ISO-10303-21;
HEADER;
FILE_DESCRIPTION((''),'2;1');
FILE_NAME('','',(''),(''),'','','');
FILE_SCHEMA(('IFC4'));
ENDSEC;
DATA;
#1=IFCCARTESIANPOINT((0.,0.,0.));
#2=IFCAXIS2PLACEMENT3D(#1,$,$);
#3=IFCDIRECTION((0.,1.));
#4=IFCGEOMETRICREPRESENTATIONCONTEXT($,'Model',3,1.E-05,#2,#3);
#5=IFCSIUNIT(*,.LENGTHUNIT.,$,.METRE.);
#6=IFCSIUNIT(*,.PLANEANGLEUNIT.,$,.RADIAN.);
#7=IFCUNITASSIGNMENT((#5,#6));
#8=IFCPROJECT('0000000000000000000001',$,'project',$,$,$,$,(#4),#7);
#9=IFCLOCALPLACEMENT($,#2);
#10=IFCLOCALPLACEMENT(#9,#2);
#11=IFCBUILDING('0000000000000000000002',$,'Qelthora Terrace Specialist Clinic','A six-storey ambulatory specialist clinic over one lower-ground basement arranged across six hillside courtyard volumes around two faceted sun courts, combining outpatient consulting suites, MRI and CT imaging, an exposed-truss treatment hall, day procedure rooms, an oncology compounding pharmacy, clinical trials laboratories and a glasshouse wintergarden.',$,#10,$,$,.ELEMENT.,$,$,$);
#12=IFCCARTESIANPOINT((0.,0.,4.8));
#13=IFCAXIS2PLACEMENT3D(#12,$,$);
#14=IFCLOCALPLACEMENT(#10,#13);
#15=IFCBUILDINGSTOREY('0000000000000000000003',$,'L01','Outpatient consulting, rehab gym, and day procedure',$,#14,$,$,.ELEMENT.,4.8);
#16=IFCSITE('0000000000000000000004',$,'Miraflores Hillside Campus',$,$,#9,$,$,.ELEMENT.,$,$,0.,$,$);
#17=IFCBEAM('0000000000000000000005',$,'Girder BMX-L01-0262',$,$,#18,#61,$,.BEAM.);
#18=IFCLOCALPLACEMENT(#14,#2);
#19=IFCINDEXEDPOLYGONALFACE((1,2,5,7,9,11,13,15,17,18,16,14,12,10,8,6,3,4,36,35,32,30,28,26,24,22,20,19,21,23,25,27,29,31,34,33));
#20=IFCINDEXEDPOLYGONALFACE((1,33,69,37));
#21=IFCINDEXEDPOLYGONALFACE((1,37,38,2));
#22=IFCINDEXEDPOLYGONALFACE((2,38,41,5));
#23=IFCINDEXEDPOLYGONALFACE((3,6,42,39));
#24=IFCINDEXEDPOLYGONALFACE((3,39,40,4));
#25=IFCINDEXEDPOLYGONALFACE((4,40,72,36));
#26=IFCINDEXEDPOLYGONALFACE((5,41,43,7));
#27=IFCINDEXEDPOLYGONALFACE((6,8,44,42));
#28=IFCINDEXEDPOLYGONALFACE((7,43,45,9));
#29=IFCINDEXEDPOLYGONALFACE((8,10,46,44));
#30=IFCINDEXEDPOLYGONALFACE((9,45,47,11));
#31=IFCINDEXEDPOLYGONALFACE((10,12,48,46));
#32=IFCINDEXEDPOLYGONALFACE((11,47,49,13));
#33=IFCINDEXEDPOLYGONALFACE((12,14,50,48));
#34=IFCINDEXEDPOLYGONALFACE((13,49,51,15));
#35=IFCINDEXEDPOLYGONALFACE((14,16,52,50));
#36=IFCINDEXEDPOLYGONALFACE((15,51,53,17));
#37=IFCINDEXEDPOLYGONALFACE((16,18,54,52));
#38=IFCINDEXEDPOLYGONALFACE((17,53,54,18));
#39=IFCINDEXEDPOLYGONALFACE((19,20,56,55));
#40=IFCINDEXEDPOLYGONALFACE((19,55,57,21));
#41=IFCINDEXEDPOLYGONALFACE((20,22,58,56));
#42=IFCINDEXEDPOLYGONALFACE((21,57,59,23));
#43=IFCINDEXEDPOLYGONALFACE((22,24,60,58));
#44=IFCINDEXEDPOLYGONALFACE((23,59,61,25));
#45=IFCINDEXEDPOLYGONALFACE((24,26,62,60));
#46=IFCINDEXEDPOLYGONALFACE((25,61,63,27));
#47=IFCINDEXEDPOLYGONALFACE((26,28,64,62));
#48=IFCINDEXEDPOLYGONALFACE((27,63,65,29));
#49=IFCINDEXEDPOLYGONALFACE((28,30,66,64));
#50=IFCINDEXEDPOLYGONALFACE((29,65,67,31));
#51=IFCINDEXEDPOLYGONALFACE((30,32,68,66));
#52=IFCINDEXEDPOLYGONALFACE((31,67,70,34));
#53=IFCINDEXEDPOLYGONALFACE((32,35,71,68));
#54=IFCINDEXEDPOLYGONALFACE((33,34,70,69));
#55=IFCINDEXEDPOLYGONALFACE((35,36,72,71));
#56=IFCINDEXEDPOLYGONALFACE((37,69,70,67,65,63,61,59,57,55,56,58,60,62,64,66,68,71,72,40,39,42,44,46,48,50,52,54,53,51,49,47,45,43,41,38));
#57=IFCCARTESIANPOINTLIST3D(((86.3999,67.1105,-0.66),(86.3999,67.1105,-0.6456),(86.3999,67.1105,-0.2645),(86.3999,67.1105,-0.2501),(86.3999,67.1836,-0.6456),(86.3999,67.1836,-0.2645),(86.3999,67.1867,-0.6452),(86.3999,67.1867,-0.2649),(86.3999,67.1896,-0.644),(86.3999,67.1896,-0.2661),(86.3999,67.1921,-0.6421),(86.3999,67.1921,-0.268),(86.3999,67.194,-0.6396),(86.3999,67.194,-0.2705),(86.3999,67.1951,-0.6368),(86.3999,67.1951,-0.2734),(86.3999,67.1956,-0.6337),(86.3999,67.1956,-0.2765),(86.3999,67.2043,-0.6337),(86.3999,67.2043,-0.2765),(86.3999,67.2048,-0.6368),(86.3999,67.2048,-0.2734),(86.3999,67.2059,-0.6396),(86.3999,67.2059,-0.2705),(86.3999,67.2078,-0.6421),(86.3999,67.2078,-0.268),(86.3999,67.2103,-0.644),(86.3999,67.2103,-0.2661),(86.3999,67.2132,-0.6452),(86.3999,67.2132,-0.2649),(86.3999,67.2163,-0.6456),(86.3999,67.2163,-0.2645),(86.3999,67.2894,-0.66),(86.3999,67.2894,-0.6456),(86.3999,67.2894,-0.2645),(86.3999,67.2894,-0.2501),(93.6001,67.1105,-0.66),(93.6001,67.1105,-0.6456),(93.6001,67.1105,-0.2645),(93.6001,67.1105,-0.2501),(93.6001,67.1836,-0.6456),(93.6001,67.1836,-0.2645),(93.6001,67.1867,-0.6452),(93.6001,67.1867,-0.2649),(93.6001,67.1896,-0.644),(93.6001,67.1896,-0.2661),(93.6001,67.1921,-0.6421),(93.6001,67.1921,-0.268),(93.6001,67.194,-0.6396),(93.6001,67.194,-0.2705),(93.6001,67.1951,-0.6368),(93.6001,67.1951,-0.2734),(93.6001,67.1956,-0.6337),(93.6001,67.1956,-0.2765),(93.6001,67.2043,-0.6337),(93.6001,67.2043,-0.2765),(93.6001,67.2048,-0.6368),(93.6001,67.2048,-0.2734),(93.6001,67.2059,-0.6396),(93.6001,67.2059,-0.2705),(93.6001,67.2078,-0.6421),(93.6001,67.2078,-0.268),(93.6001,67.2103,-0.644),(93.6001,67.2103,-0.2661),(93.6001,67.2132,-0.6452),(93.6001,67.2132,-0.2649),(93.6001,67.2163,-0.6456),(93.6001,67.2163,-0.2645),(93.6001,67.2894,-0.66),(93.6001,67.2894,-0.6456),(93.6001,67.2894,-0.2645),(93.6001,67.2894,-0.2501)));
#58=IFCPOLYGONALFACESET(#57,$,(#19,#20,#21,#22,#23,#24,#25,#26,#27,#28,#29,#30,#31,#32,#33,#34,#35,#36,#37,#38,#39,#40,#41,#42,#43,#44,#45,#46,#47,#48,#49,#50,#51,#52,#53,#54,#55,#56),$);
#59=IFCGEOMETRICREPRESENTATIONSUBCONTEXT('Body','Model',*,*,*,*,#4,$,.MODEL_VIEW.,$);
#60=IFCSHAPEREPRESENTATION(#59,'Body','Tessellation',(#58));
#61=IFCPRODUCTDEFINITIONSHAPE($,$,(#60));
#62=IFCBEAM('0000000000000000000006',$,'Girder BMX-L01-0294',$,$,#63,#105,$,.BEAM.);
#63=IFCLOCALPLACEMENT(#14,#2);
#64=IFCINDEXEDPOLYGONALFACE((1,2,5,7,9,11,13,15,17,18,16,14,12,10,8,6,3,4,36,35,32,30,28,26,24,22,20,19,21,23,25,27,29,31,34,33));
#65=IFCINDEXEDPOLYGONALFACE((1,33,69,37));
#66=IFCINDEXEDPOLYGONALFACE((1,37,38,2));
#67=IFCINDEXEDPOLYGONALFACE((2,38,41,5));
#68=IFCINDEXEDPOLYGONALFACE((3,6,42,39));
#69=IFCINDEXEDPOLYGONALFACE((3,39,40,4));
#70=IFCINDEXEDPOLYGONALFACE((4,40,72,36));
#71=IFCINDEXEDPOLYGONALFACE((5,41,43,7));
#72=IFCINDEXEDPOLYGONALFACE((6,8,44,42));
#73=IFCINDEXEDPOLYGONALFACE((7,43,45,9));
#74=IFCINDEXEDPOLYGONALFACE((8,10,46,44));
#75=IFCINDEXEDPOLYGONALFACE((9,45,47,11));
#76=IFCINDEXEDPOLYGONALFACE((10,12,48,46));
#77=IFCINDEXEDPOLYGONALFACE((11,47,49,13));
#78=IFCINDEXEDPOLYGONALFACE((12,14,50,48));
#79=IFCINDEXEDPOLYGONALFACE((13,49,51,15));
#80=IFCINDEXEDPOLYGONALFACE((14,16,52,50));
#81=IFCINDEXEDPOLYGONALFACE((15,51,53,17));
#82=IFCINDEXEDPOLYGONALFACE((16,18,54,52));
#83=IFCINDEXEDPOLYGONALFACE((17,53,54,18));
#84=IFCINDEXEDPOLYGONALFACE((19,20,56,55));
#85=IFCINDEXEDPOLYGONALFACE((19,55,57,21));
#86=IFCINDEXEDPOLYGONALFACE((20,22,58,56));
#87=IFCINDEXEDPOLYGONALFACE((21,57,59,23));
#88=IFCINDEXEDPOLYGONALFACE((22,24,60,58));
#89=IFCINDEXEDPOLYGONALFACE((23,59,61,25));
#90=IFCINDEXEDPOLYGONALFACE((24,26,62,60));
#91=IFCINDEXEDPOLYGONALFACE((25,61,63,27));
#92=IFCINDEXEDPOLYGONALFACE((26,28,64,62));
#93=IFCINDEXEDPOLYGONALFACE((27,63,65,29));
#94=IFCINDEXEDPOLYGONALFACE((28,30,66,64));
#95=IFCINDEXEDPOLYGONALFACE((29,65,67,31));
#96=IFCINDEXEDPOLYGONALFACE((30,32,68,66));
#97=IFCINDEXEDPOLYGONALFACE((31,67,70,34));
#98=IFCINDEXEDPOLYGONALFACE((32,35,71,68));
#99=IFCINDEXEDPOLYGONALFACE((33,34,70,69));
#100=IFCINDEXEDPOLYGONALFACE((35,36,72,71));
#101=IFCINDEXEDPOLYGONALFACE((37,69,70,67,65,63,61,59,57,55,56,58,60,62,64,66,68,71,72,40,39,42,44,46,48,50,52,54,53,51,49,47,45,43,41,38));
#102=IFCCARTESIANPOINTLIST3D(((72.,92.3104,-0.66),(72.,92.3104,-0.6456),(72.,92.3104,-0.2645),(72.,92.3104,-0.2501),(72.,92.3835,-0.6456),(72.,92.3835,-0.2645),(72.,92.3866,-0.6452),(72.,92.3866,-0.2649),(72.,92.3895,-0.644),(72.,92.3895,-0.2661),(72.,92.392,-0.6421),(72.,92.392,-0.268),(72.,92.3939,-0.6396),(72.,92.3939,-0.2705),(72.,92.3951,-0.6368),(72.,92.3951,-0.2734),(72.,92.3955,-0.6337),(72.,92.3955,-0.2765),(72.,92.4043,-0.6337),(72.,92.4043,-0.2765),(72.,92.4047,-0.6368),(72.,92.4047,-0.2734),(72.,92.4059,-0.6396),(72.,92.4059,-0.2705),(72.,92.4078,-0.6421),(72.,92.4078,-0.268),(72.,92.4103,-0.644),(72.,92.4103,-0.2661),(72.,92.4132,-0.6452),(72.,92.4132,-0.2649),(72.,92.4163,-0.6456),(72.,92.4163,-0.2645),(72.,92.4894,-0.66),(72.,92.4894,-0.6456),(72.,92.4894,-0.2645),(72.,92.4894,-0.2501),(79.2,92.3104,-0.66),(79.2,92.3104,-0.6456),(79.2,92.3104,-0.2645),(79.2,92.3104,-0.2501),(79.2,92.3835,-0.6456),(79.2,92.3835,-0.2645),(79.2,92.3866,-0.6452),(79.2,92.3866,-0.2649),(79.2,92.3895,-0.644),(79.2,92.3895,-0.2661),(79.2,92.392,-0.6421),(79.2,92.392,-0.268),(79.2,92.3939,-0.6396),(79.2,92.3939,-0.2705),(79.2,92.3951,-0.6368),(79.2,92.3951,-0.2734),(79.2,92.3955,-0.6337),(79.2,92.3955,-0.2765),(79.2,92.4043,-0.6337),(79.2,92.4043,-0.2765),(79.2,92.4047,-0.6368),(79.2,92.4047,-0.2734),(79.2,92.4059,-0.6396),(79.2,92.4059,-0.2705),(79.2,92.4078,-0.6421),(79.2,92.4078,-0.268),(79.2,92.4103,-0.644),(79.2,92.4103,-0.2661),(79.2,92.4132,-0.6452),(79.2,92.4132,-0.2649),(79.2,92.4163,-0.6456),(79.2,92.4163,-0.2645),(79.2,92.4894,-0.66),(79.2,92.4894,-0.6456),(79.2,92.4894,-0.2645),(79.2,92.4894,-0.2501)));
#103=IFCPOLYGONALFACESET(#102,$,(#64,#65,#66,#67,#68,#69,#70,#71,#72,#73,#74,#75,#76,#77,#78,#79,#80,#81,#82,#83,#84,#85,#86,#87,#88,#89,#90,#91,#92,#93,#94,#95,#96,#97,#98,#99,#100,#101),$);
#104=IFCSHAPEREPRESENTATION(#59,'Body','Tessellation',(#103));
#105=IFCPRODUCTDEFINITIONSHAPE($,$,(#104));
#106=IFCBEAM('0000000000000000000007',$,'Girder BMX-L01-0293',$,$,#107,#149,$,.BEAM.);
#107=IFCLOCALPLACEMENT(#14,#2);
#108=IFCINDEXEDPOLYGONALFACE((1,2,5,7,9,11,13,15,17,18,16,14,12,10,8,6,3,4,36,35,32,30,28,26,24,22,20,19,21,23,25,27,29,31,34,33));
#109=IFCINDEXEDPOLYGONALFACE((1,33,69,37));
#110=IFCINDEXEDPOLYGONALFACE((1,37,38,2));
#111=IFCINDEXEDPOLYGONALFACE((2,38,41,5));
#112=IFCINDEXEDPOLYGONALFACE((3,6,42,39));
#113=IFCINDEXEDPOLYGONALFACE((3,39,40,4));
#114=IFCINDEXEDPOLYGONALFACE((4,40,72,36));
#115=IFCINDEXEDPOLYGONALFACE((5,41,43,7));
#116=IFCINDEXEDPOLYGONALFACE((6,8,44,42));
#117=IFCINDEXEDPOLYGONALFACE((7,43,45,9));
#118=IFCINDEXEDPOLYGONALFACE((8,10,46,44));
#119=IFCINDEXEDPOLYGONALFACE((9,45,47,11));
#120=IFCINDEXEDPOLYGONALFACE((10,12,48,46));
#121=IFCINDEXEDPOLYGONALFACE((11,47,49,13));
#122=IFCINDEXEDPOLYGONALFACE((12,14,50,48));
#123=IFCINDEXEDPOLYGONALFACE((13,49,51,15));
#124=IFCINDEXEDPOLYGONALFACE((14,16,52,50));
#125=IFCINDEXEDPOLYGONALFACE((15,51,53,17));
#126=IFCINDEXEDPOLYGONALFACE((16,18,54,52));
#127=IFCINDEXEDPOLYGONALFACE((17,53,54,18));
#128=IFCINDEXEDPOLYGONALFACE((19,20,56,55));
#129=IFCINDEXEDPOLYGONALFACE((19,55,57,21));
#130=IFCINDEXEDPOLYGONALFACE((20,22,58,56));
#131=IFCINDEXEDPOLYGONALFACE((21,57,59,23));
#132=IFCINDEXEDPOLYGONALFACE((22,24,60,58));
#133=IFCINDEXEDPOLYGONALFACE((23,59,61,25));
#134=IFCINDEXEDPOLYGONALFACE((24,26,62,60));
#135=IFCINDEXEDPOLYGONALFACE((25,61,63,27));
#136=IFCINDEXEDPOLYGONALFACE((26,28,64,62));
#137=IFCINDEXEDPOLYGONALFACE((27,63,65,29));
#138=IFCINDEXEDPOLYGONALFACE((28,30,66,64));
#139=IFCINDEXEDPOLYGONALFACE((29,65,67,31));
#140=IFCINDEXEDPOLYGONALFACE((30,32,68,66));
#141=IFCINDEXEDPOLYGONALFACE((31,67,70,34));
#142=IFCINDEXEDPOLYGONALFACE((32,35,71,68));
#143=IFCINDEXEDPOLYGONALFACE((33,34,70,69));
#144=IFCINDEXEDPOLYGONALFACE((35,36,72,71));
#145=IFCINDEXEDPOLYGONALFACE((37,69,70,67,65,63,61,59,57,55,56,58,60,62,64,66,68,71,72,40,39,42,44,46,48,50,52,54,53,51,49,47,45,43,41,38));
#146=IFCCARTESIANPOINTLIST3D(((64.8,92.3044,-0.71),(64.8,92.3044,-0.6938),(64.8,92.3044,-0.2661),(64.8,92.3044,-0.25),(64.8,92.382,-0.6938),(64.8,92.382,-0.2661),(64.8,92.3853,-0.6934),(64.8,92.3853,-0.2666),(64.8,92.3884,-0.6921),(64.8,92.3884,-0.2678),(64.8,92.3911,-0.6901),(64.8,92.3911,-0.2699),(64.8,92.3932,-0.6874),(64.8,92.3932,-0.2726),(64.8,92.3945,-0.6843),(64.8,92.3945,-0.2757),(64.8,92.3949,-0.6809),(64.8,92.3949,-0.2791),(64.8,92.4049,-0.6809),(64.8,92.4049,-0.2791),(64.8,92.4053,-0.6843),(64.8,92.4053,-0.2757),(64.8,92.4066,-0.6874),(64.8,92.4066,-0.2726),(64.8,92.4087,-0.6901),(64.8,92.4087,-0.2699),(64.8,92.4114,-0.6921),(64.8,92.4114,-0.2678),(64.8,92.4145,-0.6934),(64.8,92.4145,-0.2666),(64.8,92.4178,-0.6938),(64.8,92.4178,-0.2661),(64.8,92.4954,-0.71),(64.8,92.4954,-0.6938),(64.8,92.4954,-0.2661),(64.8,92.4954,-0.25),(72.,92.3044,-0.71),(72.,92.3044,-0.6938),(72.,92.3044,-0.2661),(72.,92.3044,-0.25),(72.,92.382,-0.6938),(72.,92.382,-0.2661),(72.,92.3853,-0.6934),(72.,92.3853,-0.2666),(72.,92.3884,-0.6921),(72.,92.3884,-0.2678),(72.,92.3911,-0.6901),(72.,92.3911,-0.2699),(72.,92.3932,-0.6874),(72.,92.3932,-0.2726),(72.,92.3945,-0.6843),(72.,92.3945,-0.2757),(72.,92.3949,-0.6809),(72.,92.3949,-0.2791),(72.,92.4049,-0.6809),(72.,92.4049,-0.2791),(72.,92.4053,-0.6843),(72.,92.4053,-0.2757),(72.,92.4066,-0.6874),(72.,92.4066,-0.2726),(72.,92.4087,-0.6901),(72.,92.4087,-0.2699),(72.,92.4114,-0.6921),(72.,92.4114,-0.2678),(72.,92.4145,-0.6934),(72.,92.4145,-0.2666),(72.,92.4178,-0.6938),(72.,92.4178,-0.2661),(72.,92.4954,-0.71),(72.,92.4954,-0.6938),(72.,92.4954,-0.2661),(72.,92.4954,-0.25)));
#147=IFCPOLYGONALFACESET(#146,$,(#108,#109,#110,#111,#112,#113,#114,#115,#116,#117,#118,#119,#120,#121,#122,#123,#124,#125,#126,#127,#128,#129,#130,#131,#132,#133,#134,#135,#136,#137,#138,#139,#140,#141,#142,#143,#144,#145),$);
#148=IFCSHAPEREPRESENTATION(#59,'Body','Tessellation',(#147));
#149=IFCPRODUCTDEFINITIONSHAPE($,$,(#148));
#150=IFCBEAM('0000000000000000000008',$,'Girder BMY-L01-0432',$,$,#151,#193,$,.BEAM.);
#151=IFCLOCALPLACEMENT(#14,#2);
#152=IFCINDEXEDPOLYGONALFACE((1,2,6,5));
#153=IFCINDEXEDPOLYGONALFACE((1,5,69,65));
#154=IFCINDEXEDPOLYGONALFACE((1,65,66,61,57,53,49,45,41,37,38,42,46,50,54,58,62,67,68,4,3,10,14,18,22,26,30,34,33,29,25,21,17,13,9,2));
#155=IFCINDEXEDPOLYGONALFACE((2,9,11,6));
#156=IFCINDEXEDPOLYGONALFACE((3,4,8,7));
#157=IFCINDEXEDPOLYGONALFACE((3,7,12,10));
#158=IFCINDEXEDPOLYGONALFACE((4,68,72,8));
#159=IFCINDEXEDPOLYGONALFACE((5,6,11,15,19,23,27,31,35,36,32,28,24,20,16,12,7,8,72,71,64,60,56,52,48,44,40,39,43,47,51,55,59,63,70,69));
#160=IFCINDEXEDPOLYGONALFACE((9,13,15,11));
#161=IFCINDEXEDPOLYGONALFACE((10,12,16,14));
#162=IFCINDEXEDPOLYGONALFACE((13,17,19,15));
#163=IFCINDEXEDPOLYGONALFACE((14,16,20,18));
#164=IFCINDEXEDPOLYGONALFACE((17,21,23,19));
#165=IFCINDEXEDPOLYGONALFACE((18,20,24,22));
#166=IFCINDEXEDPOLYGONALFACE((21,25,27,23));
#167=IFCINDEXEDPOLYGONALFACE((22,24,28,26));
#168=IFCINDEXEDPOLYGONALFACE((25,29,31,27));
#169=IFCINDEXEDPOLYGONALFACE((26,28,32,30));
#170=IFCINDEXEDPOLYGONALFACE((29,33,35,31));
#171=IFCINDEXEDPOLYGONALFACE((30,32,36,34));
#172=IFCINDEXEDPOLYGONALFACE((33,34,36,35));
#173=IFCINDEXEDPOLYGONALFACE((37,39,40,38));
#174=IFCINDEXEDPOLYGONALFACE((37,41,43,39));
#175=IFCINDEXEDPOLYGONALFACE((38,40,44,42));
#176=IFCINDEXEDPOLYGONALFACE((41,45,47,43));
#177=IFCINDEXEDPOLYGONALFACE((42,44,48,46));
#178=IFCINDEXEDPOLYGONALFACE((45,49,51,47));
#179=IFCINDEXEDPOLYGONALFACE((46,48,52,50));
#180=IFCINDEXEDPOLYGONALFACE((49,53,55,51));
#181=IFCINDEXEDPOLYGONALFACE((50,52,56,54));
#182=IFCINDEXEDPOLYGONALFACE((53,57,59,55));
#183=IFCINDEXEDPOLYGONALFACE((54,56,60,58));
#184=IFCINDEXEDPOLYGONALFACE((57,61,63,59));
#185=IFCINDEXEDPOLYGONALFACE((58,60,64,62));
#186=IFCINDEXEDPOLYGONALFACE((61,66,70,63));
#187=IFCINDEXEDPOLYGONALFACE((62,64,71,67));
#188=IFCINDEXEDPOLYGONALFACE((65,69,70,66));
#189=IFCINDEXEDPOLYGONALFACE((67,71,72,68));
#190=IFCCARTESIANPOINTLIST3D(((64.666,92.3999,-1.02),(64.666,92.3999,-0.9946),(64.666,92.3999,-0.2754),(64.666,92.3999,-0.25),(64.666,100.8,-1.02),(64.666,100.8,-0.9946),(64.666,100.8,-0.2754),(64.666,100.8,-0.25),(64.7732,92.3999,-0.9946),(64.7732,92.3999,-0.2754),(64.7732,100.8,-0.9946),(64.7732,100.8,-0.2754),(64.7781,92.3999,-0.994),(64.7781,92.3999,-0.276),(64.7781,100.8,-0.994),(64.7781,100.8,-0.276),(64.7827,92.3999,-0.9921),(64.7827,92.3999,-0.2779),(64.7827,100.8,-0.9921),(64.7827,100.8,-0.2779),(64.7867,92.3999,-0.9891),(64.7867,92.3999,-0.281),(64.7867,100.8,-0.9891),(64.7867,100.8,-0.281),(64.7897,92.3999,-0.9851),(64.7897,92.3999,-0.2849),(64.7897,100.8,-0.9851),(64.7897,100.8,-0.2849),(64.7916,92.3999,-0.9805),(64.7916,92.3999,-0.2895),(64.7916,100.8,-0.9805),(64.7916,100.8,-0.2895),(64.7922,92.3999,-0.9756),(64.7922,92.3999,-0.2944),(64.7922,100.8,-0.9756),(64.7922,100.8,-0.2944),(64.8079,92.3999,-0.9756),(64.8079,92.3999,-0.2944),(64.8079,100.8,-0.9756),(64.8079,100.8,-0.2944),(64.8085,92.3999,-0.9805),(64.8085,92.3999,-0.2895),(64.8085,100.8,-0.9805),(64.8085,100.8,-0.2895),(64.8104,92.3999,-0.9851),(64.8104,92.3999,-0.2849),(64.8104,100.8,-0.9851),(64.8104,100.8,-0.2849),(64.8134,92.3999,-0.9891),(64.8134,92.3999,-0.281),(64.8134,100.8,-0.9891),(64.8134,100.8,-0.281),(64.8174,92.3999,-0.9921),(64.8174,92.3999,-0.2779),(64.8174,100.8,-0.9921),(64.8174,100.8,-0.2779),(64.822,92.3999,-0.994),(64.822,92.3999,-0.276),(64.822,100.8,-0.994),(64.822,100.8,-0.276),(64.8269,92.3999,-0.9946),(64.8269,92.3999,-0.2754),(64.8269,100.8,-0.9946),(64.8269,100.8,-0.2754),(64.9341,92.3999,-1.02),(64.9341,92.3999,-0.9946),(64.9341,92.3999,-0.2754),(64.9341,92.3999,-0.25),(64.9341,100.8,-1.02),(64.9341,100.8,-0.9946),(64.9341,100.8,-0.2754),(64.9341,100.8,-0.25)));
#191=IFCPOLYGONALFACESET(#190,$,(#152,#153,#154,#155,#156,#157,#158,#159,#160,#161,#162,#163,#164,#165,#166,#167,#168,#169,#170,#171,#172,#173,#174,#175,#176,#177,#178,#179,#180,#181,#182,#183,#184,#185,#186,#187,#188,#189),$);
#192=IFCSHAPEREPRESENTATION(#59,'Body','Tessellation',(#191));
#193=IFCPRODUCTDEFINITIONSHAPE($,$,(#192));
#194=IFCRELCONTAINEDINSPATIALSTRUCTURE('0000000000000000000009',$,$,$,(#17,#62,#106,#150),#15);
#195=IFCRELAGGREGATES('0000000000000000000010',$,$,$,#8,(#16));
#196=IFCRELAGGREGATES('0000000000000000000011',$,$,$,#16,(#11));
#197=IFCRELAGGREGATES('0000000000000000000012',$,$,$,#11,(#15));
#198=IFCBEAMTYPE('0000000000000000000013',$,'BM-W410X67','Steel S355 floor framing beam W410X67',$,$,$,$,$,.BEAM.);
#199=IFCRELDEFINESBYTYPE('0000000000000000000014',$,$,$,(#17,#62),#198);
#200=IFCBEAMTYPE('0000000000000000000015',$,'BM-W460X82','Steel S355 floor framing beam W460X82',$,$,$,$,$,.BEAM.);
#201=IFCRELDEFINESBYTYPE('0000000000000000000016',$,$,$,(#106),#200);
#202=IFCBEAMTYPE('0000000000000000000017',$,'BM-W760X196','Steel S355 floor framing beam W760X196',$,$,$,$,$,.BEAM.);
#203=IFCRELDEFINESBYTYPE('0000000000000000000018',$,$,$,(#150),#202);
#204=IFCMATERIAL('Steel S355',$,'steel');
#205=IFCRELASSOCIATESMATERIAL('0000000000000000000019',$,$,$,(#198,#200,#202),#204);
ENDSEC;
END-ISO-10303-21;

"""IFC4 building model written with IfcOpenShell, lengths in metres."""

from ifc_helpers import new_model, si_unit, direction, frame, origin, origin_2d, place, context, subcontext, project, spatial, i_section, extrude, material, material_profile, profile_set, type_object, element, save


model = new_model("IFC4")

# Units and contexts
model_context = context("Model", 3, precision=1e-05, world=origin(), true_north=direction((0.0, 1.0)))
body_context = subcontext(model_context, "Body", "Model", "MODEL_VIEW")
ifc_project = project(units=[si_unit("LENGTHUNIT", "METRE"), si_unit("PLANEANGLEUNIT", "RADIAN")], contexts=[model_context])

# Site, building, storey
site_placement = place(None, origin())
site = spatial("IfcSite", under=ifc_project, at=site_placement, Name="Miraflores Hillside Campus", CompositionType="ELEMENT", RefElevation=0.0)
building_placement = place(site_placement, origin())
building = spatial("IfcBuilding", under=site, at=building_placement, Name="Qelthora Terrace Specialist Clinic", Description="A six-storey ambulatory specialist clinic over one lower-ground basement arranged across six hillside courtyard volumes around two faceted sun courts, combining outpatient consulting suites, MRI and CT imaging, an exposed-truss treatment hall, day procedure rooms, an oncology compounding pharmacy, clinical trials laboratories and a glasshouse wintergarden.", CompositionType="ELEMENT")
storey_placement = place(building_placement, frame((0.0, 0.0, 4.8)))
storey = spatial("IfcBuildingStorey", under=building, at=storey_placement, Name="L01", Description="Outpatient consulting, rehab gym, and day procedure", CompositionType="ELEMENT", Elevation=4.8)

# Shared definitions
ifc_material_1 = material(Name="Steel S355", Category="steel")

# Beams
ifc_material_profile_1 = material_profile(ifc_material_1, i_section(OverallWidth=0.179, OverallDepth=0.4099, WebThickness=0.0088, FlangeThickness=0.0144, FilletRadius=0.012, at=origin_2d()), Name="W410X67")
ifc_profile_set_1 = profile_set([ifc_material_profile_1], Name="Steel S355")
beam_type_1 = type_object("IfcBeamType", Name="BM-W410X67", Description="Steel S355 floor framing beam W410X67", PredefinedType="BEAM", material=ifc_profile_set_1)
beam_1_placement = place(storey_placement, frame((86.3999, 67.2, -0.4551), z_axis=(1.0, 0.0, 0.0), x_axis=(0.0, 1.0, 0.0)))
element("IfcBeam", 1, at=beam_1_placement, inside=storey, type_object=beam_type_1, Name="Girder BMX-L01-0262", PredefinedType="BEAM", context=body_context, shape_type="SweptSolid", body=[
    extrude(i_section(OverallWidth=0.179, OverallDepth=0.4099, WebThickness=0.0088, FlangeThickness=0.0144, FilletRadius=0.012, at=origin_2d()), origin(), (0.0, 0.0, 1.0), 7.2002),
])
beam_2_placement = place(storey_placement, frame((72.0, 92.3999, -0.4551), z_axis=(1.0, 0.0, 0.0), x_axis=(0.0, 1.0, 0.0)))
element("IfcBeam", 2, at=beam_2_placement, inside=storey, type_object=beam_type_1, Name="Girder BMX-L01-0294", PredefinedType="BEAM", context=body_context, shape_type="SweptSolid", body=[
    extrude(i_section(OverallWidth=0.179, OverallDepth=0.4099, WebThickness=0.0088, FlangeThickness=0.0144, FilletRadius=0.012, at=origin_2d()), origin(), (0.0, 0.0, 1.0), 7.2),
])
ifc_material_profile_2 = material_profile(ifc_material_1, i_section(OverallWidth=0.1909, OverallDepth=0.46, WebThickness=0.01, FlangeThickness=0.0161, FilletRadius=0.0129, at=origin_2d()), Name="W460X82")
ifc_profile_set_2 = profile_set([ifc_material_profile_2], Name="Steel S355")
beam_type_2 = type_object("IfcBeamType", Name="BM-W460X82", Description="Steel S355 floor framing beam W460X82", PredefinedType="BEAM", material=ifc_profile_set_2)
beam_3_placement = place(storey_placement, frame((64.8, 92.3999, -0.48), z_axis=(1.0, 0.0, 0.0), x_axis=(0.0, 1.0, 0.0)))
element("IfcBeam", 3, at=beam_3_placement, inside=storey, type_object=beam_type_2, Name="Girder BMX-L01-0293", PredefinedType="BEAM", context=body_context, shape_type="SweptSolid", body=[
    extrude(i_section(OverallWidth=0.1909, OverallDepth=0.46, WebThickness=0.01, FlangeThickness=0.0161, FilletRadius=0.0129, at=origin_2d()), origin(), (0.0, 0.0, 1.0), 7.2),
])
ifc_material_profile_3 = material_profile(ifc_material_1, i_section(OverallWidth=0.2681, OverallDepth=0.77, WebThickness=0.0156, FlangeThickness=0.0254, FilletRadius=0.019, at=origin_2d()), Name="W760X196")
ifc_profile_set_3 = profile_set([ifc_material_profile_3], Name="Steel S355")
beam_type_3 = type_object("IfcBeamType", Name="BM-W760X196", Description="Steel S355 floor framing beam W760X196", PredefinedType="BEAM", material=ifc_profile_set_3)
beam_4_placement = place(storey_placement, frame((64.8, 92.3999, -0.635), z_axis=(0.0, 1.0, 0.0), x_axis=(-1.0, 0.0, 0.0)))
element("IfcBeam", 4, at=beam_4_placement, inside=storey, type_object=beam_type_3, Name="Girder BMY-L01-0432", PredefinedType="BEAM", context=body_context, shape_type="SweptSolid", body=[
    extrude(i_section(OverallWidth=0.2681, OverallDepth=0.77, WebThickness=0.0156, FlangeThickness=0.0254, FilletRadius=0.019, at=origin_2d()), origin(), (0.0, 0.0, 1.0), 8.4001),
])

save(model, "model.ifc")
